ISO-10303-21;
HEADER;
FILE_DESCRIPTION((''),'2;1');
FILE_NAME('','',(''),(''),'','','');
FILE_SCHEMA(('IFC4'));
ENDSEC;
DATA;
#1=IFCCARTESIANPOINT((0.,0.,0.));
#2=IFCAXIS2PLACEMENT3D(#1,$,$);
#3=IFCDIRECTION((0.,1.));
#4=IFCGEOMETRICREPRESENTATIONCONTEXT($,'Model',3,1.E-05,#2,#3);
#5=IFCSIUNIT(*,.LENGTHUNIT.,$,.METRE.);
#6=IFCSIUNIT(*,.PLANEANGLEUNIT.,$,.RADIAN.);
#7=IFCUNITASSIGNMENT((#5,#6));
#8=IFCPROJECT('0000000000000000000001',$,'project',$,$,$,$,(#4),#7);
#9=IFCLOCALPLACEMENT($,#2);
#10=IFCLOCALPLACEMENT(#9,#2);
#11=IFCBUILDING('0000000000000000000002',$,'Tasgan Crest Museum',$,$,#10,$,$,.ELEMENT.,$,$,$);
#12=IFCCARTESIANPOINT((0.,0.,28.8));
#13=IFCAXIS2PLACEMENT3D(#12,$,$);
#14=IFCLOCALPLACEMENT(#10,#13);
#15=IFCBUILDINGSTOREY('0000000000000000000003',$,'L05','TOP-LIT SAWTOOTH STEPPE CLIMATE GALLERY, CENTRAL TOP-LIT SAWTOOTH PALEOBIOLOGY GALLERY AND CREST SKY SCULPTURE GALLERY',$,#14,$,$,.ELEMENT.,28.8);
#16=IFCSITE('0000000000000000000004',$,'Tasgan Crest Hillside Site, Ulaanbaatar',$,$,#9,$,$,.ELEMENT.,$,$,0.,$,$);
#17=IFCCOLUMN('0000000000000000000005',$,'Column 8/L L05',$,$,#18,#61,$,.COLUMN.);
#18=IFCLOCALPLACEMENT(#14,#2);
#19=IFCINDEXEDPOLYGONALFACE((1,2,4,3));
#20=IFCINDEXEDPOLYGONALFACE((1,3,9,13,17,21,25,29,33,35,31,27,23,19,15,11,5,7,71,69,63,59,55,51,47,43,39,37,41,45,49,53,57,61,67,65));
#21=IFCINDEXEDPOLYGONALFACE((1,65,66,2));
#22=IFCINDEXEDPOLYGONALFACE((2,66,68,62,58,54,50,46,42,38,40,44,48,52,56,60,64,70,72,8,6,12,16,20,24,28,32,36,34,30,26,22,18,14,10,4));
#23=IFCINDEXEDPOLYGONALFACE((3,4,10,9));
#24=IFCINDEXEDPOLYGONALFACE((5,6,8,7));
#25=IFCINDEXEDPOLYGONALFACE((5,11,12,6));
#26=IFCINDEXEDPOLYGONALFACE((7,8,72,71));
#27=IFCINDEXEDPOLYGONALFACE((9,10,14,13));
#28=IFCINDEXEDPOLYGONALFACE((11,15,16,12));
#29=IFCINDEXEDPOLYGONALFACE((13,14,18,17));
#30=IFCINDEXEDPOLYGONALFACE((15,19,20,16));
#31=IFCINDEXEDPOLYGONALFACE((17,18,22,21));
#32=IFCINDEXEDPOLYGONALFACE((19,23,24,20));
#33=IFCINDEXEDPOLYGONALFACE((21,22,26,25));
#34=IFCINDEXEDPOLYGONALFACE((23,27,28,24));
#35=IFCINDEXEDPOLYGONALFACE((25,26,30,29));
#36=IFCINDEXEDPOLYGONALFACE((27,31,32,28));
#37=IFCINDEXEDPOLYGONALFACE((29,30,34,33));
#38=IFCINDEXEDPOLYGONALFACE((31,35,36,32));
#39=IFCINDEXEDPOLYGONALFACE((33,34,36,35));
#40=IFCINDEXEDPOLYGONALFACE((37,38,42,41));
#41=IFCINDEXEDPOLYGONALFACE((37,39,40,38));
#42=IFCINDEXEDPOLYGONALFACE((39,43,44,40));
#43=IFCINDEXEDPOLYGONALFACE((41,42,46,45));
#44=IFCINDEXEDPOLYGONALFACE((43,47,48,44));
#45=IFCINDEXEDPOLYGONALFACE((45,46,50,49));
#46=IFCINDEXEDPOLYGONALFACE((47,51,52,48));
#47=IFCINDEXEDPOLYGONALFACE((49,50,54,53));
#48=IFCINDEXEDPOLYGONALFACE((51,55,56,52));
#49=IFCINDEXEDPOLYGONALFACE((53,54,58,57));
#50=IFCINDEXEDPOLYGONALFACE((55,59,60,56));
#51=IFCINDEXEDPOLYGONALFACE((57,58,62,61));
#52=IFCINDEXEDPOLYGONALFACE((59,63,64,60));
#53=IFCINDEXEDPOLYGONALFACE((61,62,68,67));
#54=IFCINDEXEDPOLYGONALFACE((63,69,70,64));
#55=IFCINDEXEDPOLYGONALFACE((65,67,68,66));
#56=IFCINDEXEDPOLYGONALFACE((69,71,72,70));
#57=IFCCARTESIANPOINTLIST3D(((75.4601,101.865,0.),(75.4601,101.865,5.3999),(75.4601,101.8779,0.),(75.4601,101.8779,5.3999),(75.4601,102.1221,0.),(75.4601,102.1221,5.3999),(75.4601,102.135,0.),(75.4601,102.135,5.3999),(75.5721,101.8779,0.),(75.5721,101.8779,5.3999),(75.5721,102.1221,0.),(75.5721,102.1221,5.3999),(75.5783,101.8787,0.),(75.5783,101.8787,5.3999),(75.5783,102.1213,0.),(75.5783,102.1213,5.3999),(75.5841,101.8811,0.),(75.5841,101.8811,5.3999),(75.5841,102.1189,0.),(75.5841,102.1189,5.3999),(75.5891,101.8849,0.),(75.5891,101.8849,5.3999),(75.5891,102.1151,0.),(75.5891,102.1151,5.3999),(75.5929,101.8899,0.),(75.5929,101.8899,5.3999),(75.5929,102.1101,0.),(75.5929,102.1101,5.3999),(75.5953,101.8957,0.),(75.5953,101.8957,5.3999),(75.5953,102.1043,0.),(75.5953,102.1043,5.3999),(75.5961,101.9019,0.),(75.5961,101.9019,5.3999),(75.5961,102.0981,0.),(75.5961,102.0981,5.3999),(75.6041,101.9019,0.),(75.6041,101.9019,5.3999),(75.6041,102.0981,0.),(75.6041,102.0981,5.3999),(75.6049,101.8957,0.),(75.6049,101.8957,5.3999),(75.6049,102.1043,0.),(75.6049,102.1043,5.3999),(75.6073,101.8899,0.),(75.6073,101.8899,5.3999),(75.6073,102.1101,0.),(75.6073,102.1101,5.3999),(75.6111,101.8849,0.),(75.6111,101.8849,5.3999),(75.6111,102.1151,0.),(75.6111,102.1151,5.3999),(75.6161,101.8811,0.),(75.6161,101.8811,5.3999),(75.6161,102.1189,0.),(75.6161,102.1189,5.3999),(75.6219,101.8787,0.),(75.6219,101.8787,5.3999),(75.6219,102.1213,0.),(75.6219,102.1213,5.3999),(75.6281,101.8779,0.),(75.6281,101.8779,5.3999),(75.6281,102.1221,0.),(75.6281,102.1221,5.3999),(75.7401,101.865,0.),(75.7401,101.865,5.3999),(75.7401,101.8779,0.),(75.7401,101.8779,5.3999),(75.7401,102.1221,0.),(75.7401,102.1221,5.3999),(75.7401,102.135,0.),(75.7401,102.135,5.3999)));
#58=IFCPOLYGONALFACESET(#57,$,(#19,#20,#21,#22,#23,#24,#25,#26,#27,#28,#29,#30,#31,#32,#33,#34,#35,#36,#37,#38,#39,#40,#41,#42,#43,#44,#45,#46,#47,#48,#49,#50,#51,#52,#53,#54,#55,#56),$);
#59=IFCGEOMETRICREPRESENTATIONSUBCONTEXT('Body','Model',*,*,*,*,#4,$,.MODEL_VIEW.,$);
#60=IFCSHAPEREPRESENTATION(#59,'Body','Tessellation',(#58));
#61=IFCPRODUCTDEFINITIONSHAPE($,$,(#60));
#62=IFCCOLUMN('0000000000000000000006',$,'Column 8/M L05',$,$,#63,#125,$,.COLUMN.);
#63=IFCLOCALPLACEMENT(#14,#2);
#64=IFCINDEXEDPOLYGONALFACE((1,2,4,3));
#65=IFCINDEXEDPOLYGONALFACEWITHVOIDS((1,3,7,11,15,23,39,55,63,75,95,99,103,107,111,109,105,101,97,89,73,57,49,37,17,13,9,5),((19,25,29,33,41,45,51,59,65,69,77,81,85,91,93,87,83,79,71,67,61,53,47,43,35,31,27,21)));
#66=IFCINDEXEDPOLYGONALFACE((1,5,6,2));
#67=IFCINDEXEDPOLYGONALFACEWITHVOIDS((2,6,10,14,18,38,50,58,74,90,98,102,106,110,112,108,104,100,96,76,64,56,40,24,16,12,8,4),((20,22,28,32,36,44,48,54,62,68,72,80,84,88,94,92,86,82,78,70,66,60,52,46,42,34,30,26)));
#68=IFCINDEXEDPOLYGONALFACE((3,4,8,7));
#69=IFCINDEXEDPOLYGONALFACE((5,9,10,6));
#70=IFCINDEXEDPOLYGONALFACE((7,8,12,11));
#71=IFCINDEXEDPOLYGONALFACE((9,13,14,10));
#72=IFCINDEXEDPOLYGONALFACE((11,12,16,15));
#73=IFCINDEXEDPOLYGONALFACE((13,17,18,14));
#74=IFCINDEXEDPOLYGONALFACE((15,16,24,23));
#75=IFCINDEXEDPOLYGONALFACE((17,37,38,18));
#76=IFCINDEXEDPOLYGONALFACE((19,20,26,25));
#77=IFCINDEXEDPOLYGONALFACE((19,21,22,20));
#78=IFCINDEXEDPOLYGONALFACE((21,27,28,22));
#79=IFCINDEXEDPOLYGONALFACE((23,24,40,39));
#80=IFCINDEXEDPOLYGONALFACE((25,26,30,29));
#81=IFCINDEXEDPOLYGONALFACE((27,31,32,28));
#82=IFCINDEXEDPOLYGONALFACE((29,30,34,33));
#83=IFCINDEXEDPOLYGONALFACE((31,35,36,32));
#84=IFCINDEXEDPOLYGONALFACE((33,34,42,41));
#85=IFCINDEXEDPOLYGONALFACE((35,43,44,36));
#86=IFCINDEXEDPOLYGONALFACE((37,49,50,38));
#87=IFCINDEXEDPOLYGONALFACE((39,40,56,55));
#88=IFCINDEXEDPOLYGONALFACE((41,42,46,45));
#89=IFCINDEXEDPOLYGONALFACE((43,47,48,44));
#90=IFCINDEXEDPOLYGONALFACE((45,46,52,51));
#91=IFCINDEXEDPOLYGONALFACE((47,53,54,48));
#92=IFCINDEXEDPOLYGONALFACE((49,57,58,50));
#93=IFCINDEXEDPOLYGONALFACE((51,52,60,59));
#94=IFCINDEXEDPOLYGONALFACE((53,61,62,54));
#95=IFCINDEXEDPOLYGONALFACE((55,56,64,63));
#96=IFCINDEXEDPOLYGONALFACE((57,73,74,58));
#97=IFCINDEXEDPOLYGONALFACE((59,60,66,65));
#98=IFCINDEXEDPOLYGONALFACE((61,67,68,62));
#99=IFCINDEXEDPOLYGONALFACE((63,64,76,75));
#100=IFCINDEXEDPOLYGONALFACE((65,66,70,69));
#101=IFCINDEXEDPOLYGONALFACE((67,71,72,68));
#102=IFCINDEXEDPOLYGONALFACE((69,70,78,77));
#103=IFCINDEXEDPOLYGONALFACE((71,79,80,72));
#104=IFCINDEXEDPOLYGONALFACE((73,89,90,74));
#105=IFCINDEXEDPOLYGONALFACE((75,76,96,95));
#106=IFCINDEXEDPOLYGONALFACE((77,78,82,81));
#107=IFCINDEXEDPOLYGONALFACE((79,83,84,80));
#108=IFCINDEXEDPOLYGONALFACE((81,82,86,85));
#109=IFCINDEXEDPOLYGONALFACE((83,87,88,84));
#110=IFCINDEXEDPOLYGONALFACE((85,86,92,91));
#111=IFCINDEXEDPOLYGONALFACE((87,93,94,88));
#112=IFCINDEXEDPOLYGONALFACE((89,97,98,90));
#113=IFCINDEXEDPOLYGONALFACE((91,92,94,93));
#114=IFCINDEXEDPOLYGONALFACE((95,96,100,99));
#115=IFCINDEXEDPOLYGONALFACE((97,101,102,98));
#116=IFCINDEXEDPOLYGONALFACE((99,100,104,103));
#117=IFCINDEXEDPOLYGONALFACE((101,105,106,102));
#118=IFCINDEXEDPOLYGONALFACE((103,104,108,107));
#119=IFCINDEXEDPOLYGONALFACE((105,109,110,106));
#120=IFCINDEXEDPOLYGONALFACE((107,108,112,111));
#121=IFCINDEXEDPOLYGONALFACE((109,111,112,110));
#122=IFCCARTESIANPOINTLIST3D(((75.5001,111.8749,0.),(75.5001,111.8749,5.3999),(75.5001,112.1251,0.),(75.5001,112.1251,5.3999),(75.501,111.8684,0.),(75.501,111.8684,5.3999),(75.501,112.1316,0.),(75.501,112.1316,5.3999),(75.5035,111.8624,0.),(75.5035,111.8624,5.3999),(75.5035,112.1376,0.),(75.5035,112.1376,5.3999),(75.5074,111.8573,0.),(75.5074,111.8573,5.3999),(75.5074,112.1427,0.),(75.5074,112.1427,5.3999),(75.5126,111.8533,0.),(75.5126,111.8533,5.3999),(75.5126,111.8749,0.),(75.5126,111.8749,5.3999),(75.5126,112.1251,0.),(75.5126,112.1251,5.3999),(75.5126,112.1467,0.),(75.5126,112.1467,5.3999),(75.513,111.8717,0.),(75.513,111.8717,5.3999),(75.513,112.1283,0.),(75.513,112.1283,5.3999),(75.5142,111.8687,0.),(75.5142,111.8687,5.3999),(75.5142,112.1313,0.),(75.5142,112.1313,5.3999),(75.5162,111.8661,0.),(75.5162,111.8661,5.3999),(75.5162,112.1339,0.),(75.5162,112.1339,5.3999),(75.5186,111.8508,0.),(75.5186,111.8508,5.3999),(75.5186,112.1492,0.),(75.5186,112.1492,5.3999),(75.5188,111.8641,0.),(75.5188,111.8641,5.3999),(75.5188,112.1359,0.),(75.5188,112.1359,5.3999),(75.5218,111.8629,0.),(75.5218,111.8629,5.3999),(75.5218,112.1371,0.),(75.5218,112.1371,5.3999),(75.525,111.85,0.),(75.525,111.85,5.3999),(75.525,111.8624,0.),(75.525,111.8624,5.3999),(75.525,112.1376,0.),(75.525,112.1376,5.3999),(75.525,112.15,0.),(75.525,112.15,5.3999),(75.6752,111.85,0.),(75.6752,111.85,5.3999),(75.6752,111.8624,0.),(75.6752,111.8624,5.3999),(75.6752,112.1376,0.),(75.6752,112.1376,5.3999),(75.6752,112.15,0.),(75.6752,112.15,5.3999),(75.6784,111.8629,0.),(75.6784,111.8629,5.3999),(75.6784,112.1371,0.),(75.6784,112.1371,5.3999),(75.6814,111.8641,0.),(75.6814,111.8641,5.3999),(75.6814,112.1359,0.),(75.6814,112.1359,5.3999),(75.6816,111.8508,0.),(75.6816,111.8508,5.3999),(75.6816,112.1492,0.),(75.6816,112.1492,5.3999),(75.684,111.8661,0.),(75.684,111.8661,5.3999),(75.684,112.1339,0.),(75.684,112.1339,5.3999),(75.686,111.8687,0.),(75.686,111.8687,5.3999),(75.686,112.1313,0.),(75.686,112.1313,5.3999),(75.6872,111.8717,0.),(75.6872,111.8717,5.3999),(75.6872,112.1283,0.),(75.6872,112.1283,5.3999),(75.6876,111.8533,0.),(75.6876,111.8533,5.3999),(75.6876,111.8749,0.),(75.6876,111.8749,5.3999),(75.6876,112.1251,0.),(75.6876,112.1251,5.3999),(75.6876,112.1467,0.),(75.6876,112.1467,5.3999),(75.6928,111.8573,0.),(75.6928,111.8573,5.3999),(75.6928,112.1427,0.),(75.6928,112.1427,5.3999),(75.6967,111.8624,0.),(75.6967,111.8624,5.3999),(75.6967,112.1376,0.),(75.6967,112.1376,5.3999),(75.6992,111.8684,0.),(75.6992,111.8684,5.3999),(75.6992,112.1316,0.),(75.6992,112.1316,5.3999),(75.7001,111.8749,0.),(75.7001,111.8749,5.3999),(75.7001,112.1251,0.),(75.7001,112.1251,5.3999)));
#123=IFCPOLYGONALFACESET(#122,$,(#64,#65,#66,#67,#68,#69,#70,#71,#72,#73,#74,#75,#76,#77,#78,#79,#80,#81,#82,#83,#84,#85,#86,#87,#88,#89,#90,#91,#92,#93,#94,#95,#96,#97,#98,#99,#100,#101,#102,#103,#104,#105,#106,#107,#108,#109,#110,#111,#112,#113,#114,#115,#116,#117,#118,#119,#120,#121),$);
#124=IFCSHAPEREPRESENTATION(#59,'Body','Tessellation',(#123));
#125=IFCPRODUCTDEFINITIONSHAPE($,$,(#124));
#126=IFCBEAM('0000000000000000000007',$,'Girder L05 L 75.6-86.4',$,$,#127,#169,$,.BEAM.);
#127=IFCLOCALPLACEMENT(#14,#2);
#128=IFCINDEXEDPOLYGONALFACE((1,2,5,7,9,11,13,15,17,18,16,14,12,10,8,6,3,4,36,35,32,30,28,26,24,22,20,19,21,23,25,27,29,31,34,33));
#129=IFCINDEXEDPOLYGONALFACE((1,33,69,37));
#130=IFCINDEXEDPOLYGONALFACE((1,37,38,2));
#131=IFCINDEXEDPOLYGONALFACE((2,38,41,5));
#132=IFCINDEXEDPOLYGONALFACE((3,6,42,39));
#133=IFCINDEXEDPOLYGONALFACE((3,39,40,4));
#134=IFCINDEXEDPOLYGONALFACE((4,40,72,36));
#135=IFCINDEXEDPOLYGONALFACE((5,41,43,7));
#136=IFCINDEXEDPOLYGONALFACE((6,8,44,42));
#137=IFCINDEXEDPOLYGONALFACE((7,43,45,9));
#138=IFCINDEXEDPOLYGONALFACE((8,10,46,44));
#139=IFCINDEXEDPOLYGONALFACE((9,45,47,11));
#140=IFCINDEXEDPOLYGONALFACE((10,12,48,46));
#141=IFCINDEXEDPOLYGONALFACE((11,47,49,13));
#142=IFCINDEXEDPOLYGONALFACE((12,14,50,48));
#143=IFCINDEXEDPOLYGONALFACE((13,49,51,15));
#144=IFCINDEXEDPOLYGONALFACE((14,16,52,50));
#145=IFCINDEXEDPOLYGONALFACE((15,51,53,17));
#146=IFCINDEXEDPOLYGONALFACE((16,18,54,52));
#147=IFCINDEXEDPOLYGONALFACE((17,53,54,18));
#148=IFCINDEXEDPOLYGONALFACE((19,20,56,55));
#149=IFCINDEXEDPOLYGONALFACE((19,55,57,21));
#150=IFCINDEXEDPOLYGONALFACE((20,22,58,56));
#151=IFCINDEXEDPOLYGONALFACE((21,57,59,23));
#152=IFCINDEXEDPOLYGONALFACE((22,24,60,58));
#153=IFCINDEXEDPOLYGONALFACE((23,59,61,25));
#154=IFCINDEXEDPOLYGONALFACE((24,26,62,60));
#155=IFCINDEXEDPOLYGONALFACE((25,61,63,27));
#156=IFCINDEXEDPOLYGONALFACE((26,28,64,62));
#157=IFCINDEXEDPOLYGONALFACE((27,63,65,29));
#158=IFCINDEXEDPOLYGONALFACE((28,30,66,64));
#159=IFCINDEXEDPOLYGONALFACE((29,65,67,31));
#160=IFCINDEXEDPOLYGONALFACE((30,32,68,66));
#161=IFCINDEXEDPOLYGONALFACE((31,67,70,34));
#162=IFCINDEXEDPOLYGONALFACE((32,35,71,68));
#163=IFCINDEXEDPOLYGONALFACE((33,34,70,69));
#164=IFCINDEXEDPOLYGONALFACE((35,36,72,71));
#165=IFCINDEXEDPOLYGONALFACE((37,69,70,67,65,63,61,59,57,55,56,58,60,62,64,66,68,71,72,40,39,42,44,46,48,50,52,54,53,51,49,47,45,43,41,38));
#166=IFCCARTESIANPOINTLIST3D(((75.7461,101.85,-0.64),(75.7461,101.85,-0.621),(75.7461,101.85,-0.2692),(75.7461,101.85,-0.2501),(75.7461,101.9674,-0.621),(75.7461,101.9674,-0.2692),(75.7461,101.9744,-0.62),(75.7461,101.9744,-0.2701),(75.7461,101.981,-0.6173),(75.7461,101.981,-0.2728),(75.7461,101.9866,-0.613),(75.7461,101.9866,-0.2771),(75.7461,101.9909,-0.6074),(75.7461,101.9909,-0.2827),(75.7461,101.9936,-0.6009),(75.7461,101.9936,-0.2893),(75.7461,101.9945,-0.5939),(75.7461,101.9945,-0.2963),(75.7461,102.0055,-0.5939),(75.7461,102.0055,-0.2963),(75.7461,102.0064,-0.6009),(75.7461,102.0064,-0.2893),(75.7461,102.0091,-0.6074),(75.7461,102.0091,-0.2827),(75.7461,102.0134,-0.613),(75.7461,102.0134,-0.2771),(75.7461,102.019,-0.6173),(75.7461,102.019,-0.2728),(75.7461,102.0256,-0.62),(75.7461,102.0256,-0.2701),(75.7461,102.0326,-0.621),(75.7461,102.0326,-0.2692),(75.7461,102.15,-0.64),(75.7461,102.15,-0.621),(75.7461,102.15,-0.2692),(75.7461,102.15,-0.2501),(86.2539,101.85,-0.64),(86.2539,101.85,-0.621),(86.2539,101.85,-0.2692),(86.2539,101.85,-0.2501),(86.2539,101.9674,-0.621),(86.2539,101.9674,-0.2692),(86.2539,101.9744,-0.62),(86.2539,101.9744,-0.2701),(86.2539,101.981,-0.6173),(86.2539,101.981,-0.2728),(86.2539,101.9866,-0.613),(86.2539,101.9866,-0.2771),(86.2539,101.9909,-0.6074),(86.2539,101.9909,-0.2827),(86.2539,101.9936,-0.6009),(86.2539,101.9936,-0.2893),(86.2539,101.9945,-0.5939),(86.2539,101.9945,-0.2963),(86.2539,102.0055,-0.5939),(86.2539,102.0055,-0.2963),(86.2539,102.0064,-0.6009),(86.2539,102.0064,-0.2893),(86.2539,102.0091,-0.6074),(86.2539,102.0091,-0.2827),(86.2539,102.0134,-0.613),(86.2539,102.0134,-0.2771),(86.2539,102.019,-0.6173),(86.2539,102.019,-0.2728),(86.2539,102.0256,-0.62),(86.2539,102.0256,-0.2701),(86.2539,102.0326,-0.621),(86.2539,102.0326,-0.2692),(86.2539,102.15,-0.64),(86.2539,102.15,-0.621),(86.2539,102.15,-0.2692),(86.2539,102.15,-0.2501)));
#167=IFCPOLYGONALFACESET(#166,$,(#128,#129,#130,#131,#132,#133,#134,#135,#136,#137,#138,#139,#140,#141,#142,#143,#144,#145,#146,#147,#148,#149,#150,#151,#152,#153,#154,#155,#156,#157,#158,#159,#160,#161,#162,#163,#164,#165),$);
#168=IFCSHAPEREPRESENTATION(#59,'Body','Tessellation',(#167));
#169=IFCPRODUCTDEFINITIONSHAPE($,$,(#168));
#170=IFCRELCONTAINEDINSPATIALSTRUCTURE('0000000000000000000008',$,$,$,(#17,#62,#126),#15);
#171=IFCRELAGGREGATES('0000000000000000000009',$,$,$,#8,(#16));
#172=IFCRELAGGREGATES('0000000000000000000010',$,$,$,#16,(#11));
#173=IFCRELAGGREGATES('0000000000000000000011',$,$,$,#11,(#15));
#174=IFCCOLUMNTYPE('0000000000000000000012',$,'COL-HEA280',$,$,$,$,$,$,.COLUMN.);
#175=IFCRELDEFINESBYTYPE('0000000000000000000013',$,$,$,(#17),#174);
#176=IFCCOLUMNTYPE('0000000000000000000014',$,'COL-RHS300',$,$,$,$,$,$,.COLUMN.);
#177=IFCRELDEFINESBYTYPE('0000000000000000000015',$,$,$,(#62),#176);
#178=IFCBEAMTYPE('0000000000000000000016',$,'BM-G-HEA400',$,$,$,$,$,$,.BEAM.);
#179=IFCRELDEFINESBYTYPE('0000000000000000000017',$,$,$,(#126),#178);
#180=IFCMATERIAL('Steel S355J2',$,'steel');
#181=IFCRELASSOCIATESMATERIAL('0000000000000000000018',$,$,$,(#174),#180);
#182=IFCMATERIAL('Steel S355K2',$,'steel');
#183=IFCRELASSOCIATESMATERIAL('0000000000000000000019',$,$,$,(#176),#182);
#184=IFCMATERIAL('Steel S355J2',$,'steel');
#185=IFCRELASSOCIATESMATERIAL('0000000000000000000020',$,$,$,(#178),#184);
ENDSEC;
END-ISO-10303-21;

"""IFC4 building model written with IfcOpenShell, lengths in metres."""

from ifc_helpers import new_model, si_unit, direction, frame, origin, origin_2d, place, context, subcontext, project, spatial, hollow_rectangle, i_section, extrude, material, material_profile, profile_set, type_object, element, save


model = new_model("IFC4")

# Units and contexts
model_context = context("Model", 3, precision=1e-05, world=origin(), true_north=direction((0.0, 1.0)))
body_context = subcontext(model_context, "Body", "Model", "MODEL_VIEW")
ifc_project = project(units=[si_unit("LENGTHUNIT", "METRE"), si_unit("PLANEANGLEUNIT", "RADIAN")], contexts=[model_context])

# Site, building, storey
site_placement = place(None, origin())
site = spatial("IfcSite", under=ifc_project, at=site_placement, Name="Tasgan Crest Hillside Site, Ulaanbaatar", CompositionType="ELEMENT", RefElevation=0.0)
building_placement = place(site_placement, origin())
building = spatial("IfcBuilding", under=site, at=building_placement, Name="Tasgan Crest Museum", CompositionType="ELEMENT")
storey_placement = place(building_placement, frame((0.0, 0.0, 28.8)))
storey = spatial("IfcBuildingStorey", under=building, at=storey_placement, Name="L05", Description="TOP-LIT SAWTOOTH STEPPE CLIMATE GALLERY, CENTRAL TOP-LIT SAWTOOTH PALEOBIOLOGY GALLERY AND CREST SKY SCULPTURE GALLERY", CompositionType="ELEMENT", Elevation=28.8)

# Columns
ifc_material_1 = material(Name="Steel S355J2", Category="steel")
ifc_material_profile_1 = material_profile(ifc_material_1, i_section(OverallWidth=0.28, OverallDepth=0.27, WebThickness=0.0081, FlangeThickness=0.0129, FilletRadius=0.0239, at=origin_2d()), Name="HEA 280")
ifc_profile_set_1 = profile_set([ifc_material_profile_1], Name="Steel S355J2")
column_type_1 = type_object("IfcColumnType", Name="COL-HEA280", PredefinedType="COLUMN", material=ifc_profile_set_1)
column_1_placement = place(storey_placement, frame((75.6001, 102.0, 0.0), z_axis=(0.0, 0.0, 1.0), x_axis=(1.0, 0.0, 0.0)))
element("IfcColumn", 1, at=column_1_placement, inside=storey, type_object=column_type_1, Name="Column 8/L L05", PredefinedType="COLUMN", context=body_context, shape_type="SweptSolid", body=[
    extrude(i_section(OverallWidth=0.28, OverallDepth=0.27, WebThickness=0.0081, FlangeThickness=0.0129, FilletRadius=0.0239, at=origin_2d()), origin(), (0.0, 0.0, 1.0), 5.3999),
])
ifc_material_2 = material(Name="Steel S355K2", Category="steel")
ifc_material_profile_2 = material_profile(ifc_material_2, hollow_rectangle(XDim=0.2, YDim=0.3, WallThickness=0.0125, InnerFilletRadius=0.0125, OuterFilletRadius=0.0249, at=origin_2d()), Name="RHS 300x200x12.5")
ifc_profile_set_2 = profile_set([ifc_material_profile_2], Name="Steel S355K2")
column_type_2 = type_object("IfcColumnType", Name="COL-RHS300", PredefinedType="COLUMN", material=ifc_profile_set_2)
column_2_placement = place(storey_placement, frame((75.6001, 112.0, 0.0), z_axis=(0.0, 0.0, 1.0), x_axis=(1.0, 0.0, 0.0)))
element("IfcColumn", 2, at=column_2_placement, inside=storey, type_object=column_type_2, Name="Column 8/M L05", PredefinedType="COLUMN", context=body_context, shape_type="SweptSolid", body=[
    extrude(hollow_rectangle(XDim=0.2, YDim=0.3, WallThickness=0.0125, InnerFilletRadius=0.0125, OuterFilletRadius=0.0249, at=origin_2d()), origin(), (0.0, 0.0, 1.0), 5.3999),
])

# Beam
ifc_material_3 = material(Name="Steel S355J2", Category="steel")
ifc_material_profile_3 = material_profile(ifc_material_3, i_section(OverallWidth=0.3, OverallDepth=0.3899, WebThickness=0.011, FlangeThickness=0.019, FilletRadius=0.0271, at=origin_2d()), Name="HEA 400")
ifc_profile_set_3 = profile_set([ifc_material_profile_3], Name="Steel S355J2")
beam_type_1 = type_object("IfcBeamType", Name="BM-G-HEA400", PredefinedType="BEAM", material=ifc_profile_set_3)
beam_1_placement = place(storey_placement, frame((75.7461, 102.0, -0.4451), z_axis=(1.0, 0.0, 0.0), x_axis=(0.0, 1.0, 0.0)))
element("IfcBeam", 3, at=beam_1_placement, inside=storey, type_object=beam_type_1, Name="Girder L05 L 75.6-86.4", PredefinedType="BEAM", context=body_context, shape_type="SweptSolid", body=[
    extrude(i_section(OverallWidth=0.3, OverallDepth=0.3899, WebThickness=0.011, FlangeThickness=0.019, FilletRadius=0.0271, at=origin_2d()), origin(), (0.0, 0.0, 1.0), 10.5078),
])

save(model, "model.ifc")
